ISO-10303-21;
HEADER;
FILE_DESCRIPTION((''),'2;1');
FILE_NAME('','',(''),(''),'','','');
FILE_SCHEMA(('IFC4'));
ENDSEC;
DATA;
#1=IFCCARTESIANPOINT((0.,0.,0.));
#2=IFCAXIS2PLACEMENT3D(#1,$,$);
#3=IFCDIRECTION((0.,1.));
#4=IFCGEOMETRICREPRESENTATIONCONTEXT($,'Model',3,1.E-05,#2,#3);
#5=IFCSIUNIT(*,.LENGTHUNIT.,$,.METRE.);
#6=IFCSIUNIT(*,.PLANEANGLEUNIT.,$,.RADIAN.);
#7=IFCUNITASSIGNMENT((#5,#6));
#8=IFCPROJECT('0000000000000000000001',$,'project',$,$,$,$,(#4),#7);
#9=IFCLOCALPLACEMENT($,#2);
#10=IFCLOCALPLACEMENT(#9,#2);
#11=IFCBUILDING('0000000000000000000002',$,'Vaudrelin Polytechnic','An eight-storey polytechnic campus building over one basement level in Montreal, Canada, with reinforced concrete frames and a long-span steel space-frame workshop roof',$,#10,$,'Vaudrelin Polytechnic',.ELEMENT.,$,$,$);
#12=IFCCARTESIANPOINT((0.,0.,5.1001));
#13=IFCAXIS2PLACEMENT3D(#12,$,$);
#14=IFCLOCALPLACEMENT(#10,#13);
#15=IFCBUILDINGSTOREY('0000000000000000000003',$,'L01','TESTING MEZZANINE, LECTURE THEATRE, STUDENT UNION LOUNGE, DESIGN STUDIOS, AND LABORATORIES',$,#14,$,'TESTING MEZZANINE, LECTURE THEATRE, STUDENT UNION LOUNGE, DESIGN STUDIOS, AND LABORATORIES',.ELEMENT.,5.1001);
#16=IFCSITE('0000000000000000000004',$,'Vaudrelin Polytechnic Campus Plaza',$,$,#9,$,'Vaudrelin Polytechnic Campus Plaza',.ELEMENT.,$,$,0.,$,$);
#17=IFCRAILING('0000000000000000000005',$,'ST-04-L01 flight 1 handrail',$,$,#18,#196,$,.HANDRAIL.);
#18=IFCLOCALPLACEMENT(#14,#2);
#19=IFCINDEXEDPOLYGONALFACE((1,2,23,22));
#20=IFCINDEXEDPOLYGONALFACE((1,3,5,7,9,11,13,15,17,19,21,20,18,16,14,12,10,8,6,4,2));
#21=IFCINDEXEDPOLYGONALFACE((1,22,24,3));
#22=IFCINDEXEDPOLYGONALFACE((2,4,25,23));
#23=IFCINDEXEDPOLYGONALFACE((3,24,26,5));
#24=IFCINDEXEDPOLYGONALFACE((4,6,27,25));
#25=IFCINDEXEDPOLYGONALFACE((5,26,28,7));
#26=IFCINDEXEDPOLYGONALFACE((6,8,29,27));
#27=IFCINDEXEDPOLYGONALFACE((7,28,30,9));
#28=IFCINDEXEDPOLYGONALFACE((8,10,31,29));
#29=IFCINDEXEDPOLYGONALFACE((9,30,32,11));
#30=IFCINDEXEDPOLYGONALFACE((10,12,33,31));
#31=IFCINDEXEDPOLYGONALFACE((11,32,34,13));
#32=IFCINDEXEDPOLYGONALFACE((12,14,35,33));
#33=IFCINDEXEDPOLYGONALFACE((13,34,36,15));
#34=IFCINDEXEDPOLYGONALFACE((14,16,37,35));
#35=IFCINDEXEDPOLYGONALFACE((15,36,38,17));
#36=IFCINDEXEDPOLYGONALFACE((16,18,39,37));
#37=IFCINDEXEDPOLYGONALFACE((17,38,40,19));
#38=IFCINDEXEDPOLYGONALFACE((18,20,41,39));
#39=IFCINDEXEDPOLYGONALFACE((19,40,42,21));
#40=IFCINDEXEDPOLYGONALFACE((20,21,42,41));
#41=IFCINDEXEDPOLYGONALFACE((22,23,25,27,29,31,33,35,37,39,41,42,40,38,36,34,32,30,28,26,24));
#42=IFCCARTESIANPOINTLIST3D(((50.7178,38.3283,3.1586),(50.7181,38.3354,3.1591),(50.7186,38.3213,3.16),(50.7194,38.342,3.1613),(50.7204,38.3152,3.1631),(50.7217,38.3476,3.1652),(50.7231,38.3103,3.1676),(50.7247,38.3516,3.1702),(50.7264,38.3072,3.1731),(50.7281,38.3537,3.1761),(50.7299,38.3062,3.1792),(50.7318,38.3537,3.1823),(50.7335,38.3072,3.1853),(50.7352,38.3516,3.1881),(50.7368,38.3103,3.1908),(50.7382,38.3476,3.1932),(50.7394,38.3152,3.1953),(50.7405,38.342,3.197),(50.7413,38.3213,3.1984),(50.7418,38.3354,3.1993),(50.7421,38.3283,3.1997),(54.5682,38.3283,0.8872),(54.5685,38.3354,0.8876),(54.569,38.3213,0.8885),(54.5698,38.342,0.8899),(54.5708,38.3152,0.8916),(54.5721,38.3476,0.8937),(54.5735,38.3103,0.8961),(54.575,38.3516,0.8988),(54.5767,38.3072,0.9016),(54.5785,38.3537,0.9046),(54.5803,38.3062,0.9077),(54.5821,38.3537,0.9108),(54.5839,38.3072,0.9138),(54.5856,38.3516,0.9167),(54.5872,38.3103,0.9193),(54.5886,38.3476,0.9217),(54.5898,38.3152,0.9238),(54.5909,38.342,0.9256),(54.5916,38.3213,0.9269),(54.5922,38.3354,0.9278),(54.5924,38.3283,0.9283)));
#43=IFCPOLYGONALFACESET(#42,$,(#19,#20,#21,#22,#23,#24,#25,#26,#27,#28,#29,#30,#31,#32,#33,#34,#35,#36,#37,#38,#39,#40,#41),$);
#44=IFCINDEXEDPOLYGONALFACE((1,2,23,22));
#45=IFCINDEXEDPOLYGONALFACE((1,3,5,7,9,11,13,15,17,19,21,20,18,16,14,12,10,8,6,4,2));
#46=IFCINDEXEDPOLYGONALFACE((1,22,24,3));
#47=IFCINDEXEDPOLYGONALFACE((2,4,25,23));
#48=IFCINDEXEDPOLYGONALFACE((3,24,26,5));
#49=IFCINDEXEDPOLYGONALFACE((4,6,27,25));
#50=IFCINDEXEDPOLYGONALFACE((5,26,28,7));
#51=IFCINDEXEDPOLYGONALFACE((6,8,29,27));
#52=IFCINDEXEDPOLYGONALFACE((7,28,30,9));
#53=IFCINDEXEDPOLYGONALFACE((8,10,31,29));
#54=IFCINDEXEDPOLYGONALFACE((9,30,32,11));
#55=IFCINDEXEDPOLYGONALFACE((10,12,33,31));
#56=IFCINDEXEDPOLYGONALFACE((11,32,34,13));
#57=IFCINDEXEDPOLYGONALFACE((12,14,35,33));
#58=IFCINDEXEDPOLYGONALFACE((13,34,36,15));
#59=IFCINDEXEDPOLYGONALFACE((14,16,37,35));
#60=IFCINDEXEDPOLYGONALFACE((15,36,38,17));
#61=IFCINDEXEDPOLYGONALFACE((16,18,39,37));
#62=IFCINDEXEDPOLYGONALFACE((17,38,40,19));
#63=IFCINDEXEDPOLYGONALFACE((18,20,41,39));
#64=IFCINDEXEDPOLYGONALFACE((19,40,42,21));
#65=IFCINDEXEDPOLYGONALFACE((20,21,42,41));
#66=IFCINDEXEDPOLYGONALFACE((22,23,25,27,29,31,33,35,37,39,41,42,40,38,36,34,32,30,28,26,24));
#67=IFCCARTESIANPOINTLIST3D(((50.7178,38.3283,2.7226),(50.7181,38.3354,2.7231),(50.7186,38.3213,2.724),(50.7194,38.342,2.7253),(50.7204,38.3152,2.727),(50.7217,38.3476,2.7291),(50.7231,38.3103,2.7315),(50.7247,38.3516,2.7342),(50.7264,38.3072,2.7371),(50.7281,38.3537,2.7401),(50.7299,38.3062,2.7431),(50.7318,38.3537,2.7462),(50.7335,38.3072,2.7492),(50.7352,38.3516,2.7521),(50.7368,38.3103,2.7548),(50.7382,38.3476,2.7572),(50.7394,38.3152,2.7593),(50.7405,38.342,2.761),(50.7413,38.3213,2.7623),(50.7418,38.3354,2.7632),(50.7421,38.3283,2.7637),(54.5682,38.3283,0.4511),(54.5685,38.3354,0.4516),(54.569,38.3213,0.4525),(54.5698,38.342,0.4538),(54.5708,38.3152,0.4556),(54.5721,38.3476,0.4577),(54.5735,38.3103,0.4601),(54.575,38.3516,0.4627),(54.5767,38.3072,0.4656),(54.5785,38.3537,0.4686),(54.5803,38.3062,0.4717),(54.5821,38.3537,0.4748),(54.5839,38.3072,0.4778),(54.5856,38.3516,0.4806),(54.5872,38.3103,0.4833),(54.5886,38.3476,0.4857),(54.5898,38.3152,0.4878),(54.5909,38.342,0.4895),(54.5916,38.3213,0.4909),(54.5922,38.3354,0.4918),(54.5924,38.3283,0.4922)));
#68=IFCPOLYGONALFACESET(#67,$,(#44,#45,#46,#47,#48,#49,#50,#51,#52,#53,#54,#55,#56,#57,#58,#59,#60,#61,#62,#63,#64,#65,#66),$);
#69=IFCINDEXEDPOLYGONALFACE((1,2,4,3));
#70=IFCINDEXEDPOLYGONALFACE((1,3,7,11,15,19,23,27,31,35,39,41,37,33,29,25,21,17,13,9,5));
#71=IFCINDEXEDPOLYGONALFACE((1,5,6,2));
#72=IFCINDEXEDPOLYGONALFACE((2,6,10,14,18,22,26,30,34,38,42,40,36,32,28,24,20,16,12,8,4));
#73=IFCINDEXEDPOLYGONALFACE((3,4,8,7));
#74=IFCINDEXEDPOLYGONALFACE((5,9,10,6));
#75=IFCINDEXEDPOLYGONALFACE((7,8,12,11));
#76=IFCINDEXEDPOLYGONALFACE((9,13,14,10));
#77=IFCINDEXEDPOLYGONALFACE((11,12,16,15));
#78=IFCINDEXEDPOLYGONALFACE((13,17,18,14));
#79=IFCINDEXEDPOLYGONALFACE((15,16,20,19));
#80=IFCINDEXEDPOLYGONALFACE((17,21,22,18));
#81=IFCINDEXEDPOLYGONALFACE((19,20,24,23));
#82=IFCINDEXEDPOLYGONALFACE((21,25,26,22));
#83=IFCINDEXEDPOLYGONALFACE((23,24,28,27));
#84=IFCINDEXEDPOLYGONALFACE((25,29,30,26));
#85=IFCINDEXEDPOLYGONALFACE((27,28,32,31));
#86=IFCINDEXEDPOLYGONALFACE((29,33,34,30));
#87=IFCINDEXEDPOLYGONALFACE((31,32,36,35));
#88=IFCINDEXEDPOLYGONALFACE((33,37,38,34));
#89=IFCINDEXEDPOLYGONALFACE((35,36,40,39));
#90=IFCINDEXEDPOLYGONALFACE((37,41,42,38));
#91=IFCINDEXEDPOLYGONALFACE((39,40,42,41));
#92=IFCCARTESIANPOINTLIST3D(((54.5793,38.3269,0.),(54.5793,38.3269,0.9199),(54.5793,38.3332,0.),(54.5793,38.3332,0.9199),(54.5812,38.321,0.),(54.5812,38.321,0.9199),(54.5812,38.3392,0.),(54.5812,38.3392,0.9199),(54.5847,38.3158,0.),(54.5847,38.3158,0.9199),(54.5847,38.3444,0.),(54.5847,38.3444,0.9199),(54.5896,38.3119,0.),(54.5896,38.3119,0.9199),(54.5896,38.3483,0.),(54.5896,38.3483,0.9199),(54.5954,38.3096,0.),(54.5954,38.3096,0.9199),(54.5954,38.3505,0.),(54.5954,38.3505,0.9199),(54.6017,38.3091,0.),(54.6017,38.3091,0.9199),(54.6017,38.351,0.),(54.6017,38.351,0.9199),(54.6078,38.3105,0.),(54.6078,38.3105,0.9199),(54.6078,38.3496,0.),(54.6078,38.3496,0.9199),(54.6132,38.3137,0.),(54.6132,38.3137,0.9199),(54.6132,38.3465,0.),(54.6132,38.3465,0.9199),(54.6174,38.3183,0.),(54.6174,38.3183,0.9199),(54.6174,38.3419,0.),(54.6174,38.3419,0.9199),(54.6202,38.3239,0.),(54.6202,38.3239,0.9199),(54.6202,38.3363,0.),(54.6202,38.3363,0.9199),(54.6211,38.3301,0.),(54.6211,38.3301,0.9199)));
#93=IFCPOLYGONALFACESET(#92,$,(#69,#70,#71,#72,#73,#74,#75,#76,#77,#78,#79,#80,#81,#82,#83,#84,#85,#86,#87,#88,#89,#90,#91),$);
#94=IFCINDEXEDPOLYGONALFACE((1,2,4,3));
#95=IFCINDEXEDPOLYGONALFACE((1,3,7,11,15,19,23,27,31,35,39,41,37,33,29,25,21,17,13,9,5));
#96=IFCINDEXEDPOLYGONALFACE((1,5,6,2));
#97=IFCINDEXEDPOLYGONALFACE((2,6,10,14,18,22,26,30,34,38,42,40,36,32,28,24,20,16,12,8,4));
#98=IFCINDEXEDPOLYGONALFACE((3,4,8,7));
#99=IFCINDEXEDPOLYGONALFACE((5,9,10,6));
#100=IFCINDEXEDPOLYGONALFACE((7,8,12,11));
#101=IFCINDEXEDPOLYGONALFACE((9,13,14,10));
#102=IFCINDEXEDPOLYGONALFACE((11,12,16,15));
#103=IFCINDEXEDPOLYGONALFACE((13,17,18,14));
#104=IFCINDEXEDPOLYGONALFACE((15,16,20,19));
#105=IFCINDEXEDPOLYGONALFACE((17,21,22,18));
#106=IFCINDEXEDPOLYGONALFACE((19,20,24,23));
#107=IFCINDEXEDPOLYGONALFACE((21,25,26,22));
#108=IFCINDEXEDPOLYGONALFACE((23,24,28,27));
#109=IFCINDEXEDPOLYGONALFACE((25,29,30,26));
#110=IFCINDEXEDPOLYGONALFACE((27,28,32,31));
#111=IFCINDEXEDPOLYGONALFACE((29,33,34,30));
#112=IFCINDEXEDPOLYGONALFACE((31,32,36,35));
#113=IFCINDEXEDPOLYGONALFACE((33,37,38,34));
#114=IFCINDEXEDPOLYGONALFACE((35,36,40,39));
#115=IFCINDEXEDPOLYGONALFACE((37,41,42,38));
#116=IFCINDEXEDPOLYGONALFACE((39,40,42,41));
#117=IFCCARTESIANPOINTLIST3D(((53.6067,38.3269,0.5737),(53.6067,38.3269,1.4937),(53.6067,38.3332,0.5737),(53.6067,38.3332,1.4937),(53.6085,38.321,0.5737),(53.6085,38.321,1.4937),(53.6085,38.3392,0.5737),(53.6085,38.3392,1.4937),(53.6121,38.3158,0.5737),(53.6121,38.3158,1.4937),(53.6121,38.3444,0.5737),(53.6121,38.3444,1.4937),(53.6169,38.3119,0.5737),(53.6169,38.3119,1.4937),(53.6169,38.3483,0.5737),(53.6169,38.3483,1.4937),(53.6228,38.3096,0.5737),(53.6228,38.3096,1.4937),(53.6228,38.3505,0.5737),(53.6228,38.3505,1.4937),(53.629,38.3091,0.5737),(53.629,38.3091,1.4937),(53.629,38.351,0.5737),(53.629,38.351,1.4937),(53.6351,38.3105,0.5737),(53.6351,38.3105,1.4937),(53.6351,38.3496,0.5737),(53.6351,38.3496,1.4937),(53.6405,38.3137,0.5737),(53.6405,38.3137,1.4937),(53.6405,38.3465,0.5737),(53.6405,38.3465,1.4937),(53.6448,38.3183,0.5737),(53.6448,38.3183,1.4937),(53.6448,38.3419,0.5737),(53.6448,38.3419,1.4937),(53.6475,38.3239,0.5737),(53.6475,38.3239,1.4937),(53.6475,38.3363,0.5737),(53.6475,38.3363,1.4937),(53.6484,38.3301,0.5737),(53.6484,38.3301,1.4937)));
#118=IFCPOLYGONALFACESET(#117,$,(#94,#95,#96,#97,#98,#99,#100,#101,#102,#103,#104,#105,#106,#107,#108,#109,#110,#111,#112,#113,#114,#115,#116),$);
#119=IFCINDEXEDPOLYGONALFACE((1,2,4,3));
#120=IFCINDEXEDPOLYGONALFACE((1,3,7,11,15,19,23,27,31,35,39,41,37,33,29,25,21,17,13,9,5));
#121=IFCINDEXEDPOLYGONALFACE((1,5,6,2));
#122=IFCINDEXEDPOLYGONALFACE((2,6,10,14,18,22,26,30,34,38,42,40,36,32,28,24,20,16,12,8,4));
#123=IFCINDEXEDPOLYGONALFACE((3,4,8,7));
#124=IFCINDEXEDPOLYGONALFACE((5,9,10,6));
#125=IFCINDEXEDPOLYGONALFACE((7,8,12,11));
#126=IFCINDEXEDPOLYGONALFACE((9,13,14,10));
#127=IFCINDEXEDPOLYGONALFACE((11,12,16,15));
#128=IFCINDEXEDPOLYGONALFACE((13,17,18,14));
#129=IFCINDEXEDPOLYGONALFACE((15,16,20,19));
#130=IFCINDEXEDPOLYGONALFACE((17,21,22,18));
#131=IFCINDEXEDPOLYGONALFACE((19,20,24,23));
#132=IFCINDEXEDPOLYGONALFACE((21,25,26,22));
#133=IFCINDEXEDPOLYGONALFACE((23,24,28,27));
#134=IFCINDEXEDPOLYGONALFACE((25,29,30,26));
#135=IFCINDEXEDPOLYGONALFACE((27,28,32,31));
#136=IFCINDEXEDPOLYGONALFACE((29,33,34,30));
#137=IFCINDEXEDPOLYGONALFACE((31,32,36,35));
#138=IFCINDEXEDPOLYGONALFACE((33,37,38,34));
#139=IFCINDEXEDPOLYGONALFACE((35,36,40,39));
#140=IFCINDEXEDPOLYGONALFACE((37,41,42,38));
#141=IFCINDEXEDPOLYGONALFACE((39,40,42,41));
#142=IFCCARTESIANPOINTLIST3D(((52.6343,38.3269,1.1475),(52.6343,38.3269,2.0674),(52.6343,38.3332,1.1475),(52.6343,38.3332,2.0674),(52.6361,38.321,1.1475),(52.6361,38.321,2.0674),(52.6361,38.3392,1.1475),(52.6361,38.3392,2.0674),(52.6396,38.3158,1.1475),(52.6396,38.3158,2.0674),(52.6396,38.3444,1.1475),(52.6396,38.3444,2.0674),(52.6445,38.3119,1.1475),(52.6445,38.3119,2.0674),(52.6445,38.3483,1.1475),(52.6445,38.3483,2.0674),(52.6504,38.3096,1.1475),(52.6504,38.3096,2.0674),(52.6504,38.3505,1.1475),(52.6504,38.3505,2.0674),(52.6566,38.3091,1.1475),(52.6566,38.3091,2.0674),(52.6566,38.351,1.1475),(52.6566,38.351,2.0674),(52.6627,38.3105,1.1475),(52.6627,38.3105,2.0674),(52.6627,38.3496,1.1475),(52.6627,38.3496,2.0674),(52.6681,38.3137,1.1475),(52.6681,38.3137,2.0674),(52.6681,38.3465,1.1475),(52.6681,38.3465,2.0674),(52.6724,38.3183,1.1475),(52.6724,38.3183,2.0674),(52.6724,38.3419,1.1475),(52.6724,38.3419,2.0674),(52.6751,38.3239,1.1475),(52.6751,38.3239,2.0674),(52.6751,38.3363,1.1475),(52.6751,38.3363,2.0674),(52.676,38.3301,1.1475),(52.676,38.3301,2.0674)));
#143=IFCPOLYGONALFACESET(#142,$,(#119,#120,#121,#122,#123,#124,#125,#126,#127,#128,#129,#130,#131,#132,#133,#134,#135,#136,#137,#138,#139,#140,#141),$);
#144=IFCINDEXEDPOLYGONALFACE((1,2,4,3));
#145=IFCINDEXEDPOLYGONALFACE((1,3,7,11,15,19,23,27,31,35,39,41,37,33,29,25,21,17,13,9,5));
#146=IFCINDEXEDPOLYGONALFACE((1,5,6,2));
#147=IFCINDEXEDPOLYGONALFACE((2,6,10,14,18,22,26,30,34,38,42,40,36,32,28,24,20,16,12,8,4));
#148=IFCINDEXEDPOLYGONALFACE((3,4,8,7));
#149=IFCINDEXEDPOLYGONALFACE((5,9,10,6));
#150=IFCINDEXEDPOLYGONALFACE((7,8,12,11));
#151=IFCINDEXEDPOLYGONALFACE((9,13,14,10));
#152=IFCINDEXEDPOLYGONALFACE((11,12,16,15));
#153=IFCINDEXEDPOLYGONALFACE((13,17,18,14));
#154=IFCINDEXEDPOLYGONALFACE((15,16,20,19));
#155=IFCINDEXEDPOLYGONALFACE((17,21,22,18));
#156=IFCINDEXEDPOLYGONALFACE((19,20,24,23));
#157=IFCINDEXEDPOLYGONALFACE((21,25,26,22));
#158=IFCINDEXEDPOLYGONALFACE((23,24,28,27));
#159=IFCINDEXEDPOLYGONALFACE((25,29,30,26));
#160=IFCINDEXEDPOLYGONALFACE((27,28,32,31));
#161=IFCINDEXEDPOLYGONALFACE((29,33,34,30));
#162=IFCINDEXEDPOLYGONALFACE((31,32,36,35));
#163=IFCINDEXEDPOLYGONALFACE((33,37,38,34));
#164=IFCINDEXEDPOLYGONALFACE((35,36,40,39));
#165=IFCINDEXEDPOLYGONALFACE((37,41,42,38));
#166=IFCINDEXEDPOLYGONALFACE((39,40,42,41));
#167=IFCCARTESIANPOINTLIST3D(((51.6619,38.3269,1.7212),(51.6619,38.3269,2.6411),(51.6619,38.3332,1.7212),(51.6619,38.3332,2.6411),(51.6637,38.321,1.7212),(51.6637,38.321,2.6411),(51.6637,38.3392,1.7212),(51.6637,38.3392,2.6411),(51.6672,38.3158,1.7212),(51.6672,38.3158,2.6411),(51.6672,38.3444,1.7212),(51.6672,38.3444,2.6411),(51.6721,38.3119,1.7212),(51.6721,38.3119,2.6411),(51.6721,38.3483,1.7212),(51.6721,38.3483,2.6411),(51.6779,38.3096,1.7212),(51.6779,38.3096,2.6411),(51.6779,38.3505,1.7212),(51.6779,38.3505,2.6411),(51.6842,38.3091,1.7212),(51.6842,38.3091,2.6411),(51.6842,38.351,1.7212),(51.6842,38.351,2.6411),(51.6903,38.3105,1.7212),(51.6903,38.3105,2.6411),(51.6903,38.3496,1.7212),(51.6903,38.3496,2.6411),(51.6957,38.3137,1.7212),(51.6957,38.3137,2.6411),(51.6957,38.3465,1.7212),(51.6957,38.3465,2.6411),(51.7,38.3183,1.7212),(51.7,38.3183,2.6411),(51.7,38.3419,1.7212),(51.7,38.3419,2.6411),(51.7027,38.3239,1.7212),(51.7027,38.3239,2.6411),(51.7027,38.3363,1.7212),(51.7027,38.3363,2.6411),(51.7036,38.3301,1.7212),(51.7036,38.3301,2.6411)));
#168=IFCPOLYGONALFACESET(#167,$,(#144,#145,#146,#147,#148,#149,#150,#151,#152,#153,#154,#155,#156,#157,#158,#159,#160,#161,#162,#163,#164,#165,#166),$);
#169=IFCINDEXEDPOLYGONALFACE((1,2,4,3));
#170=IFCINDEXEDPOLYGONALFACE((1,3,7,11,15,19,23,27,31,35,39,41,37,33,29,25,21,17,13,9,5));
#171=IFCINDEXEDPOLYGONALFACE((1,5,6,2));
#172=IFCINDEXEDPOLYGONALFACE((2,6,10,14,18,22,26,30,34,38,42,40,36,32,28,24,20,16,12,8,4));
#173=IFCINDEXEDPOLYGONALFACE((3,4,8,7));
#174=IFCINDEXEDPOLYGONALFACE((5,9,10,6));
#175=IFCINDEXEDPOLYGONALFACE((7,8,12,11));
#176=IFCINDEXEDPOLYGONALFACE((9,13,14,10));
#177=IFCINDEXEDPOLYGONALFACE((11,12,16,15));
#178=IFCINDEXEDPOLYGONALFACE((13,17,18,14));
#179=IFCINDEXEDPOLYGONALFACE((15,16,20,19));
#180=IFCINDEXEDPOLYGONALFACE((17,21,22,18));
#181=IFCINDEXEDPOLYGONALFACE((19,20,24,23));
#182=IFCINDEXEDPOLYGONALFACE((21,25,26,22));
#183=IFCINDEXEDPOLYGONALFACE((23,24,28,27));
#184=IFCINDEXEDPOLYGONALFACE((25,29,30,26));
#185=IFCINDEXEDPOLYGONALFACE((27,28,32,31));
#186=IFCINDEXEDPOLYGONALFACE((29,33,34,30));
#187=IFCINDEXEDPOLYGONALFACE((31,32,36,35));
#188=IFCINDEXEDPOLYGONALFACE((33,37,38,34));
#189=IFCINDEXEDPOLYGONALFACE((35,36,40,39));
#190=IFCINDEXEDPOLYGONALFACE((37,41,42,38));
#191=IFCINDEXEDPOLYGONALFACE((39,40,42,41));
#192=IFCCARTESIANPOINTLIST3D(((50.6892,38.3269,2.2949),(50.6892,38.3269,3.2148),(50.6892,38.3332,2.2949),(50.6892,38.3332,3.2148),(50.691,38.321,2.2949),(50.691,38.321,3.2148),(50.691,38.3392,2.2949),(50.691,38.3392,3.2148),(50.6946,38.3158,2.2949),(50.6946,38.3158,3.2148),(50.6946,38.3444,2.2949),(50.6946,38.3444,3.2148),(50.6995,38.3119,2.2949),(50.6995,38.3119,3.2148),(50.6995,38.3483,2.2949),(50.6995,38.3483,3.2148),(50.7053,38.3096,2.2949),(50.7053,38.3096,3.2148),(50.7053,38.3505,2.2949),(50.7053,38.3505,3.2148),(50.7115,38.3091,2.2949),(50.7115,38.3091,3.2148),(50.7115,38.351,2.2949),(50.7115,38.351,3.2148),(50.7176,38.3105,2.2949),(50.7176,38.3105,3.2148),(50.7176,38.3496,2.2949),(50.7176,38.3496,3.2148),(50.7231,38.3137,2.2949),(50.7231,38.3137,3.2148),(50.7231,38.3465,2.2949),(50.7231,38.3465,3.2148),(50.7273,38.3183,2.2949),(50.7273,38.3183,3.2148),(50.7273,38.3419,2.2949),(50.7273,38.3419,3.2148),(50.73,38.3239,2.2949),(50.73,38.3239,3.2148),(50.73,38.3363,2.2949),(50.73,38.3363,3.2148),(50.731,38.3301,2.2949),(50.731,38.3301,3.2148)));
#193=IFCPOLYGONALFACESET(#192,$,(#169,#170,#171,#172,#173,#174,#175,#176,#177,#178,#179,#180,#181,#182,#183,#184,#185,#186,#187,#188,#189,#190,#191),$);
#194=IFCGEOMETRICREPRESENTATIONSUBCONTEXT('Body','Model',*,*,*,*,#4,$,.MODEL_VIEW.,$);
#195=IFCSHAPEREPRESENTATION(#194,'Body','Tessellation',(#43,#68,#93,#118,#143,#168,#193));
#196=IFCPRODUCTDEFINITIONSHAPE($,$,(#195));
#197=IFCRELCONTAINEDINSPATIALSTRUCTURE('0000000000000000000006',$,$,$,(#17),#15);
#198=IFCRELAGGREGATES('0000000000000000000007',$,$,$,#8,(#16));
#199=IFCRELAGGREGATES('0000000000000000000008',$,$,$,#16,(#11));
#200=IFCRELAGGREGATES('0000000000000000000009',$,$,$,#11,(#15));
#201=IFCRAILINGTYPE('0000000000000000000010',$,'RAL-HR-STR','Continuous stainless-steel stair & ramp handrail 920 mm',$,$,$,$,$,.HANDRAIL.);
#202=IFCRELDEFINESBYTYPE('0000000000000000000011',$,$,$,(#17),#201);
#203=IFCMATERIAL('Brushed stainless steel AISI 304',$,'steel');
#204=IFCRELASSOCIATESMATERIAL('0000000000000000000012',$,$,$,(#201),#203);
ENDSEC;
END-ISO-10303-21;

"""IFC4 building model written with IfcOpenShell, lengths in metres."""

from ifc_helpers import new_model, si_unit, direction, frame, origin, origin_2d, place, context, subcontext, project, spatial, circle, extrude, material, type_object, element, save


model = new_model("IFC4")

# Units and contexts
model_context = context("Model", 3, precision=1e-05, world=origin(), true_north=direction((0.0, 1.0)))
body_context = subcontext(model_context, "Body", "Model", "MODEL_VIEW")
ifc_project = project(units=[si_unit("LENGTHUNIT", "METRE"), si_unit("PLANEANGLEUNIT", "RADIAN")], contexts=[model_context])

# Site, building, storey
site_placement = place(None, origin())
site = spatial("IfcSite", under=ifc_project, at=site_placement, Name="Vaudrelin Polytechnic Campus Plaza", LongName="Vaudrelin Polytechnic Campus Plaza", CompositionType="ELEMENT", RefElevation=0.0)
building_placement = place(site_placement, origin())
building = spatial("IfcBuilding", under=site, at=building_placement, Name="Vaudrelin Polytechnic", Description="An eight-storey polytechnic campus building over one basement level in Montreal, Canada, with reinforced concrete frames and a long-span steel space-frame workshop roof", LongName="Vaudrelin Polytechnic", CompositionType="ELEMENT")
storey_placement = place(building_placement, frame((0.0, 0.0, 5.1001)))
storey = spatial("IfcBuildingStorey", under=building, at=storey_placement, Name="L01", Description="TESTING MEZZANINE, LECTURE THEATRE, STUDENT UNION LOUNGE, DESIGN STUDIOS, AND LABORATORIES", LongName="TESTING MEZZANINE, LECTURE THEATRE, STUDENT UNION LOUNGE, DESIGN STUDIOS, AND LABORATORIES", CompositionType="ELEMENT", Elevation=5.1001)

# Shared definitions
ifc_material_1 = material(Name="Brushed stainless steel AISI 304", Category="steel")

# Railing
railing_type_1 = type_object("IfcRailingType", Name="RAL-HR-STR", Description="Continuous stainless-steel stair & ramp handrail 920 mm", PredefinedType="HANDRAIL", material=ifc_material_1)
railing_1_placement = place(storey_placement, frame((54.6001, 38.3301, 0.0)))
element("IfcRailing", 1, at=railing_1_placement, inside=storey, type_object=railing_type_1, Name="ST-04-L01 flight 1 handrail", PredefinedType="HANDRAIL", context=body_context, shape_type="SweptSolid", body=[
    extrude(circle(Radius=0.0239, at=origin_2d()), frame((-0.0198, 0.0, 0.9077), z_axis=(-0.861294, 0.0, 0.508106), x_axis=(0.0, -1.0, 0.0)), (0.0, 0.0, 1.0), 4.4705),
    extrude(circle(Radius=0.0239, at=origin_2d()), frame((-0.0198, 0.0, 0.4717), z_axis=(-0.861294, 0.0, 0.508106), x_axis=(0.0, -1.0, 0.0)), (0.0, 0.0, 1.0), 4.4705),
    extrude(circle(Radius=0.021, at=origin_2d()), origin(), (0.0, 0.0, 1.0), 0.9199),
    extrude(circle(Radius=0.021, at=origin_2d()), frame((-0.9727, 0.0, 0.5737)), (0.0, 0.0, 1.0), 0.9199),
    extrude(circle(Radius=0.021, at=origin_2d()), frame((-1.9451, 0.0, 1.1475)), (0.0, 0.0, 1.0), 0.9199),
    extrude(circle(Radius=0.021, at=origin_2d()), frame((-2.9175, 0.0, 1.7212)), (0.0, 0.0, 1.0), 0.9199),
    extrude(circle(Radius=0.021, at=origin_2d()), frame((-3.8901, 0.0, 2.2949)), (0.0, 0.0, 1.0), 0.9199),
])

save(model, "model.ifc")
